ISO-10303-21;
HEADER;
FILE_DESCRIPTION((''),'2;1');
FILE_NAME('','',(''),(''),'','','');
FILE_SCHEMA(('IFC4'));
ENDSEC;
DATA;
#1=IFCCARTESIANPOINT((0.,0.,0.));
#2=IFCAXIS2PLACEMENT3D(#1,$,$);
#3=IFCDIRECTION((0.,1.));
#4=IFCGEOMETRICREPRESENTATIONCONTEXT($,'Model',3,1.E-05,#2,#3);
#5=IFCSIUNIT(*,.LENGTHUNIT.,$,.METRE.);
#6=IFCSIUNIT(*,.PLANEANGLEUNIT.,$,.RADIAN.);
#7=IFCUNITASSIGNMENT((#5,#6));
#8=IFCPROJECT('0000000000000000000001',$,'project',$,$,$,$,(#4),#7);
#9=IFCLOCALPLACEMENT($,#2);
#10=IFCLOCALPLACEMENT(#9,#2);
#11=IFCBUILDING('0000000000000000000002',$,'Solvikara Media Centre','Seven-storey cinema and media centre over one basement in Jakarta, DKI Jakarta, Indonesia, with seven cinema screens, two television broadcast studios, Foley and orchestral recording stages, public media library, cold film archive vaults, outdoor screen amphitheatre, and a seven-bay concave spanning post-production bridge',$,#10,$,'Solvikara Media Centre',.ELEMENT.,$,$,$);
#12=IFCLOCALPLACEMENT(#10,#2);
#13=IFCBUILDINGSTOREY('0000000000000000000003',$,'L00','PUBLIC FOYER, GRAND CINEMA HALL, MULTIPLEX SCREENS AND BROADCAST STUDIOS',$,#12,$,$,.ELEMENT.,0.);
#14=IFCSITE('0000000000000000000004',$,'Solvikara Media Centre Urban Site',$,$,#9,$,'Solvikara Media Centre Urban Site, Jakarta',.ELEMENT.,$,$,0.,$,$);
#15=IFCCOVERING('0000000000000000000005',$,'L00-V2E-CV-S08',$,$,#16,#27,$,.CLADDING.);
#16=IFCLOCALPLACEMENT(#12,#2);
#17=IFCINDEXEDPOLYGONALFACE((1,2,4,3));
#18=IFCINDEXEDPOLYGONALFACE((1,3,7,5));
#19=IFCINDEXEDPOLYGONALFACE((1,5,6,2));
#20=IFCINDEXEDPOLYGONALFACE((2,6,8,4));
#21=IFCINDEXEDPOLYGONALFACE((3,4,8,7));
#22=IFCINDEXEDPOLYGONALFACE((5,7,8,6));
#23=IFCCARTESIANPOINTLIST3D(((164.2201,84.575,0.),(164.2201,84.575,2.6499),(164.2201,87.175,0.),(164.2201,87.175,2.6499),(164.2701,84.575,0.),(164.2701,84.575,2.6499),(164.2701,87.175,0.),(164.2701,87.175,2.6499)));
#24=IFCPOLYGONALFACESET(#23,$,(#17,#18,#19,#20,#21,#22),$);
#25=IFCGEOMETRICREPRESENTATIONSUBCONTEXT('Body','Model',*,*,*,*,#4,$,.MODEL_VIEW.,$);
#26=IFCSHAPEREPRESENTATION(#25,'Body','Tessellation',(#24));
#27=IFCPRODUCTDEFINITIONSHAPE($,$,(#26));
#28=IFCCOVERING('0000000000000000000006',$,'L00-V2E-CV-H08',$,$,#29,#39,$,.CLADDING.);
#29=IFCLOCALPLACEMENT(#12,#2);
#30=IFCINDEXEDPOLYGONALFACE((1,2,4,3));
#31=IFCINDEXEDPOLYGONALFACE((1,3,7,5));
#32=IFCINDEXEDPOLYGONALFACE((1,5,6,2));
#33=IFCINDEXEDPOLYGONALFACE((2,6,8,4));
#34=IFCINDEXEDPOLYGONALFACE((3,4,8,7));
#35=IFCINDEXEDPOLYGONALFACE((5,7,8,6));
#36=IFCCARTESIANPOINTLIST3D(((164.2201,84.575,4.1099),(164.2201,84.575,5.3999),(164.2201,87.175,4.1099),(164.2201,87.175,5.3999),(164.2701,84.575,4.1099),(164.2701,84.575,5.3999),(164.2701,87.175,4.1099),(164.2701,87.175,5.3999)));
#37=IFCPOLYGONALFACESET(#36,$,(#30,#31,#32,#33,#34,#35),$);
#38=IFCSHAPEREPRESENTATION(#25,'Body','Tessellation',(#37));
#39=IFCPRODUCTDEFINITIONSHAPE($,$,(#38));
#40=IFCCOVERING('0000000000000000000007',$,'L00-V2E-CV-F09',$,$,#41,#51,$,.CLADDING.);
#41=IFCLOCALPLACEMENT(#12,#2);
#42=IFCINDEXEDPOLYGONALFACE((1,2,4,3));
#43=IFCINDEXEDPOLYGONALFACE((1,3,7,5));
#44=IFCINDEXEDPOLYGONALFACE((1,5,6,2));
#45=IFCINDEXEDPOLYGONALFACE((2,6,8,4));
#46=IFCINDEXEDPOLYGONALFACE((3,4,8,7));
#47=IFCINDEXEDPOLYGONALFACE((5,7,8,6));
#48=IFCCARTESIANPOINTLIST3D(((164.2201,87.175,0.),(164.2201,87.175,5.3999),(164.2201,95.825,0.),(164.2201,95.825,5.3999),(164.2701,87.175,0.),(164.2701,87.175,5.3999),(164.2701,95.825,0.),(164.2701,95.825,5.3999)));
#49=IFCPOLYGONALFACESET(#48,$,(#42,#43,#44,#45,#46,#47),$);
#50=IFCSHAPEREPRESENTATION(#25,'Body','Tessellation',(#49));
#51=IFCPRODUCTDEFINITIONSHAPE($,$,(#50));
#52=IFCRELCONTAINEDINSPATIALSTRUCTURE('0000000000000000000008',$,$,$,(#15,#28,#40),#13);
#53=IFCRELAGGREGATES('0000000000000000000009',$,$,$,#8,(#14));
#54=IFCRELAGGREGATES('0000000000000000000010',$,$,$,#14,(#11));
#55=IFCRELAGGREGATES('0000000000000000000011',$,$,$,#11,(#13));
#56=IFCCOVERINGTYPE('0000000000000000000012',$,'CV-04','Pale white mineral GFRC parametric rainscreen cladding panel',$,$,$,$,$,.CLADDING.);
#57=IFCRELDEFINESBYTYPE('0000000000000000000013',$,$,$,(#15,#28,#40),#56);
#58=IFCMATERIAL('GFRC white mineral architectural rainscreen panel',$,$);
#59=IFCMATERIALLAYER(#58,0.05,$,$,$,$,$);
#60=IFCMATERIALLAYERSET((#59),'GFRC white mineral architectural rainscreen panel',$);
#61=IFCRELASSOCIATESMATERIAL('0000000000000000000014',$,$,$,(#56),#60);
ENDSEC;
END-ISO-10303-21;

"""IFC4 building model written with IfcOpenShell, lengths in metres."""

from ifc_helpers import new_model, si_unit, direction, frame, origin, origin_2d, place, context, subcontext, project, spatial, rectangle, extrude, material, layer, layer_set, type_object, element, save


model = new_model("IFC4")

# Units and contexts
model_context = context("Model", 3, precision=1e-05, world=origin(), true_north=direction((0.0, 1.0)))
body_context = subcontext(model_context, "Body", "Model", "MODEL_VIEW")
ifc_project = project(units=[si_unit("LENGTHUNIT", "METRE"), si_unit("PLANEANGLEUNIT", "RADIAN")], contexts=[model_context])

# Site, building, storey
site_placement = place(None, origin())
site = spatial("IfcSite", under=ifc_project, at=site_placement, Name="Solvikara Media Centre Urban Site", LongName="Solvikara Media Centre Urban Site, Jakarta", CompositionType="ELEMENT", RefElevation=0.0)
building_placement = place(site_placement, origin())
building = spatial("IfcBuilding", under=site, at=building_placement, Name="Solvikara Media Centre", Description="Seven-storey cinema and media centre over one basement in Jakarta, DKI Jakarta, Indonesia, with seven cinema screens, two television broadcast studios, Foley and orchestral recording stages, public media library, cold film archive vaults, outdoor screen amphitheatre, and a seven-bay concave spanning post-production bridge", LongName="Solvikara Media Centre", CompositionType="ELEMENT")
storey_placement = place(building_placement, origin())
storey = spatial("IfcBuildingStorey", under=building, at=storey_placement, Name="L00", Description="PUBLIC FOYER, GRAND CINEMA HALL, MULTIPLEX SCREENS AND BROADCAST STUDIOS", CompositionType="ELEMENT", Elevation=0.0)

# Coverings
ifc_material_1 = material(Name="GFRC white mineral architectural rainscreen panel")
ifc_layer_1 = layer(ifc_material_1, 0.05)
ifc_layer_set_1 = layer_set([ifc_layer_1], Name="GFRC white mineral architectural rainscreen panel")
covering_type = type_object("IfcCoveringType", Name="CV-04", Description="Pale white mineral GFRC parametric rainscreen cladding panel", PredefinedType="CLADDING", material=ifc_layer_set_1)
covering_1_placement = place(storey_placement, frame((164.2451, 85.875, 0.0), z_axis=(0.0, 0.0, 1.0), x_axis=(0.0, 1.0, 0.0)))
element("IfcCovering", 1, at=covering_1_placement, inside=storey, type_object=covering_type, Name="L00-V2E-CV-S08", PredefinedType="CLADDING", context=body_context, shape_type="SweptSolid", body=[
    extrude(rectangle(XDim=2.6001, YDim=0.05, at=origin_2d()), origin(), (0.0, 0.0, 1.0), 2.6499),
])
covering_2_placement = place(storey_placement, frame((164.2451, 85.875, 4.1099), z_axis=(0.0, 0.0, 1.0), x_axis=(0.0, 1.0, 0.0)))
element("IfcCovering", 2, at=covering_2_placement, inside=storey, type_object=covering_type, Name="L00-V2E-CV-H08", PredefinedType="CLADDING", context=body_context, shape_type="SweptSolid", body=[
    extrude(rectangle(XDim=2.6001, YDim=0.05, at=origin_2d()), origin(), (0.0, 0.0, 1.0), 1.29),
])
covering_3_placement = place(storey_placement, frame((164.2451, 91.5, 0.0), z_axis=(0.0, 0.0, 1.0), x_axis=(0.0, 1.0, 0.0)))
element("IfcCovering", 3, at=covering_3_placement, inside=storey, type_object=covering_type, Name="L00-V2E-CV-F09", PredefinedType="CLADDING", context=body_context, shape_type="SweptSolid", body=[
    extrude(rectangle(XDim=8.6499, YDim=0.05, at=origin_2d()), origin(), (0.0, 0.0, 1.0), 5.3999),
])

save(model, "model.ifc")
